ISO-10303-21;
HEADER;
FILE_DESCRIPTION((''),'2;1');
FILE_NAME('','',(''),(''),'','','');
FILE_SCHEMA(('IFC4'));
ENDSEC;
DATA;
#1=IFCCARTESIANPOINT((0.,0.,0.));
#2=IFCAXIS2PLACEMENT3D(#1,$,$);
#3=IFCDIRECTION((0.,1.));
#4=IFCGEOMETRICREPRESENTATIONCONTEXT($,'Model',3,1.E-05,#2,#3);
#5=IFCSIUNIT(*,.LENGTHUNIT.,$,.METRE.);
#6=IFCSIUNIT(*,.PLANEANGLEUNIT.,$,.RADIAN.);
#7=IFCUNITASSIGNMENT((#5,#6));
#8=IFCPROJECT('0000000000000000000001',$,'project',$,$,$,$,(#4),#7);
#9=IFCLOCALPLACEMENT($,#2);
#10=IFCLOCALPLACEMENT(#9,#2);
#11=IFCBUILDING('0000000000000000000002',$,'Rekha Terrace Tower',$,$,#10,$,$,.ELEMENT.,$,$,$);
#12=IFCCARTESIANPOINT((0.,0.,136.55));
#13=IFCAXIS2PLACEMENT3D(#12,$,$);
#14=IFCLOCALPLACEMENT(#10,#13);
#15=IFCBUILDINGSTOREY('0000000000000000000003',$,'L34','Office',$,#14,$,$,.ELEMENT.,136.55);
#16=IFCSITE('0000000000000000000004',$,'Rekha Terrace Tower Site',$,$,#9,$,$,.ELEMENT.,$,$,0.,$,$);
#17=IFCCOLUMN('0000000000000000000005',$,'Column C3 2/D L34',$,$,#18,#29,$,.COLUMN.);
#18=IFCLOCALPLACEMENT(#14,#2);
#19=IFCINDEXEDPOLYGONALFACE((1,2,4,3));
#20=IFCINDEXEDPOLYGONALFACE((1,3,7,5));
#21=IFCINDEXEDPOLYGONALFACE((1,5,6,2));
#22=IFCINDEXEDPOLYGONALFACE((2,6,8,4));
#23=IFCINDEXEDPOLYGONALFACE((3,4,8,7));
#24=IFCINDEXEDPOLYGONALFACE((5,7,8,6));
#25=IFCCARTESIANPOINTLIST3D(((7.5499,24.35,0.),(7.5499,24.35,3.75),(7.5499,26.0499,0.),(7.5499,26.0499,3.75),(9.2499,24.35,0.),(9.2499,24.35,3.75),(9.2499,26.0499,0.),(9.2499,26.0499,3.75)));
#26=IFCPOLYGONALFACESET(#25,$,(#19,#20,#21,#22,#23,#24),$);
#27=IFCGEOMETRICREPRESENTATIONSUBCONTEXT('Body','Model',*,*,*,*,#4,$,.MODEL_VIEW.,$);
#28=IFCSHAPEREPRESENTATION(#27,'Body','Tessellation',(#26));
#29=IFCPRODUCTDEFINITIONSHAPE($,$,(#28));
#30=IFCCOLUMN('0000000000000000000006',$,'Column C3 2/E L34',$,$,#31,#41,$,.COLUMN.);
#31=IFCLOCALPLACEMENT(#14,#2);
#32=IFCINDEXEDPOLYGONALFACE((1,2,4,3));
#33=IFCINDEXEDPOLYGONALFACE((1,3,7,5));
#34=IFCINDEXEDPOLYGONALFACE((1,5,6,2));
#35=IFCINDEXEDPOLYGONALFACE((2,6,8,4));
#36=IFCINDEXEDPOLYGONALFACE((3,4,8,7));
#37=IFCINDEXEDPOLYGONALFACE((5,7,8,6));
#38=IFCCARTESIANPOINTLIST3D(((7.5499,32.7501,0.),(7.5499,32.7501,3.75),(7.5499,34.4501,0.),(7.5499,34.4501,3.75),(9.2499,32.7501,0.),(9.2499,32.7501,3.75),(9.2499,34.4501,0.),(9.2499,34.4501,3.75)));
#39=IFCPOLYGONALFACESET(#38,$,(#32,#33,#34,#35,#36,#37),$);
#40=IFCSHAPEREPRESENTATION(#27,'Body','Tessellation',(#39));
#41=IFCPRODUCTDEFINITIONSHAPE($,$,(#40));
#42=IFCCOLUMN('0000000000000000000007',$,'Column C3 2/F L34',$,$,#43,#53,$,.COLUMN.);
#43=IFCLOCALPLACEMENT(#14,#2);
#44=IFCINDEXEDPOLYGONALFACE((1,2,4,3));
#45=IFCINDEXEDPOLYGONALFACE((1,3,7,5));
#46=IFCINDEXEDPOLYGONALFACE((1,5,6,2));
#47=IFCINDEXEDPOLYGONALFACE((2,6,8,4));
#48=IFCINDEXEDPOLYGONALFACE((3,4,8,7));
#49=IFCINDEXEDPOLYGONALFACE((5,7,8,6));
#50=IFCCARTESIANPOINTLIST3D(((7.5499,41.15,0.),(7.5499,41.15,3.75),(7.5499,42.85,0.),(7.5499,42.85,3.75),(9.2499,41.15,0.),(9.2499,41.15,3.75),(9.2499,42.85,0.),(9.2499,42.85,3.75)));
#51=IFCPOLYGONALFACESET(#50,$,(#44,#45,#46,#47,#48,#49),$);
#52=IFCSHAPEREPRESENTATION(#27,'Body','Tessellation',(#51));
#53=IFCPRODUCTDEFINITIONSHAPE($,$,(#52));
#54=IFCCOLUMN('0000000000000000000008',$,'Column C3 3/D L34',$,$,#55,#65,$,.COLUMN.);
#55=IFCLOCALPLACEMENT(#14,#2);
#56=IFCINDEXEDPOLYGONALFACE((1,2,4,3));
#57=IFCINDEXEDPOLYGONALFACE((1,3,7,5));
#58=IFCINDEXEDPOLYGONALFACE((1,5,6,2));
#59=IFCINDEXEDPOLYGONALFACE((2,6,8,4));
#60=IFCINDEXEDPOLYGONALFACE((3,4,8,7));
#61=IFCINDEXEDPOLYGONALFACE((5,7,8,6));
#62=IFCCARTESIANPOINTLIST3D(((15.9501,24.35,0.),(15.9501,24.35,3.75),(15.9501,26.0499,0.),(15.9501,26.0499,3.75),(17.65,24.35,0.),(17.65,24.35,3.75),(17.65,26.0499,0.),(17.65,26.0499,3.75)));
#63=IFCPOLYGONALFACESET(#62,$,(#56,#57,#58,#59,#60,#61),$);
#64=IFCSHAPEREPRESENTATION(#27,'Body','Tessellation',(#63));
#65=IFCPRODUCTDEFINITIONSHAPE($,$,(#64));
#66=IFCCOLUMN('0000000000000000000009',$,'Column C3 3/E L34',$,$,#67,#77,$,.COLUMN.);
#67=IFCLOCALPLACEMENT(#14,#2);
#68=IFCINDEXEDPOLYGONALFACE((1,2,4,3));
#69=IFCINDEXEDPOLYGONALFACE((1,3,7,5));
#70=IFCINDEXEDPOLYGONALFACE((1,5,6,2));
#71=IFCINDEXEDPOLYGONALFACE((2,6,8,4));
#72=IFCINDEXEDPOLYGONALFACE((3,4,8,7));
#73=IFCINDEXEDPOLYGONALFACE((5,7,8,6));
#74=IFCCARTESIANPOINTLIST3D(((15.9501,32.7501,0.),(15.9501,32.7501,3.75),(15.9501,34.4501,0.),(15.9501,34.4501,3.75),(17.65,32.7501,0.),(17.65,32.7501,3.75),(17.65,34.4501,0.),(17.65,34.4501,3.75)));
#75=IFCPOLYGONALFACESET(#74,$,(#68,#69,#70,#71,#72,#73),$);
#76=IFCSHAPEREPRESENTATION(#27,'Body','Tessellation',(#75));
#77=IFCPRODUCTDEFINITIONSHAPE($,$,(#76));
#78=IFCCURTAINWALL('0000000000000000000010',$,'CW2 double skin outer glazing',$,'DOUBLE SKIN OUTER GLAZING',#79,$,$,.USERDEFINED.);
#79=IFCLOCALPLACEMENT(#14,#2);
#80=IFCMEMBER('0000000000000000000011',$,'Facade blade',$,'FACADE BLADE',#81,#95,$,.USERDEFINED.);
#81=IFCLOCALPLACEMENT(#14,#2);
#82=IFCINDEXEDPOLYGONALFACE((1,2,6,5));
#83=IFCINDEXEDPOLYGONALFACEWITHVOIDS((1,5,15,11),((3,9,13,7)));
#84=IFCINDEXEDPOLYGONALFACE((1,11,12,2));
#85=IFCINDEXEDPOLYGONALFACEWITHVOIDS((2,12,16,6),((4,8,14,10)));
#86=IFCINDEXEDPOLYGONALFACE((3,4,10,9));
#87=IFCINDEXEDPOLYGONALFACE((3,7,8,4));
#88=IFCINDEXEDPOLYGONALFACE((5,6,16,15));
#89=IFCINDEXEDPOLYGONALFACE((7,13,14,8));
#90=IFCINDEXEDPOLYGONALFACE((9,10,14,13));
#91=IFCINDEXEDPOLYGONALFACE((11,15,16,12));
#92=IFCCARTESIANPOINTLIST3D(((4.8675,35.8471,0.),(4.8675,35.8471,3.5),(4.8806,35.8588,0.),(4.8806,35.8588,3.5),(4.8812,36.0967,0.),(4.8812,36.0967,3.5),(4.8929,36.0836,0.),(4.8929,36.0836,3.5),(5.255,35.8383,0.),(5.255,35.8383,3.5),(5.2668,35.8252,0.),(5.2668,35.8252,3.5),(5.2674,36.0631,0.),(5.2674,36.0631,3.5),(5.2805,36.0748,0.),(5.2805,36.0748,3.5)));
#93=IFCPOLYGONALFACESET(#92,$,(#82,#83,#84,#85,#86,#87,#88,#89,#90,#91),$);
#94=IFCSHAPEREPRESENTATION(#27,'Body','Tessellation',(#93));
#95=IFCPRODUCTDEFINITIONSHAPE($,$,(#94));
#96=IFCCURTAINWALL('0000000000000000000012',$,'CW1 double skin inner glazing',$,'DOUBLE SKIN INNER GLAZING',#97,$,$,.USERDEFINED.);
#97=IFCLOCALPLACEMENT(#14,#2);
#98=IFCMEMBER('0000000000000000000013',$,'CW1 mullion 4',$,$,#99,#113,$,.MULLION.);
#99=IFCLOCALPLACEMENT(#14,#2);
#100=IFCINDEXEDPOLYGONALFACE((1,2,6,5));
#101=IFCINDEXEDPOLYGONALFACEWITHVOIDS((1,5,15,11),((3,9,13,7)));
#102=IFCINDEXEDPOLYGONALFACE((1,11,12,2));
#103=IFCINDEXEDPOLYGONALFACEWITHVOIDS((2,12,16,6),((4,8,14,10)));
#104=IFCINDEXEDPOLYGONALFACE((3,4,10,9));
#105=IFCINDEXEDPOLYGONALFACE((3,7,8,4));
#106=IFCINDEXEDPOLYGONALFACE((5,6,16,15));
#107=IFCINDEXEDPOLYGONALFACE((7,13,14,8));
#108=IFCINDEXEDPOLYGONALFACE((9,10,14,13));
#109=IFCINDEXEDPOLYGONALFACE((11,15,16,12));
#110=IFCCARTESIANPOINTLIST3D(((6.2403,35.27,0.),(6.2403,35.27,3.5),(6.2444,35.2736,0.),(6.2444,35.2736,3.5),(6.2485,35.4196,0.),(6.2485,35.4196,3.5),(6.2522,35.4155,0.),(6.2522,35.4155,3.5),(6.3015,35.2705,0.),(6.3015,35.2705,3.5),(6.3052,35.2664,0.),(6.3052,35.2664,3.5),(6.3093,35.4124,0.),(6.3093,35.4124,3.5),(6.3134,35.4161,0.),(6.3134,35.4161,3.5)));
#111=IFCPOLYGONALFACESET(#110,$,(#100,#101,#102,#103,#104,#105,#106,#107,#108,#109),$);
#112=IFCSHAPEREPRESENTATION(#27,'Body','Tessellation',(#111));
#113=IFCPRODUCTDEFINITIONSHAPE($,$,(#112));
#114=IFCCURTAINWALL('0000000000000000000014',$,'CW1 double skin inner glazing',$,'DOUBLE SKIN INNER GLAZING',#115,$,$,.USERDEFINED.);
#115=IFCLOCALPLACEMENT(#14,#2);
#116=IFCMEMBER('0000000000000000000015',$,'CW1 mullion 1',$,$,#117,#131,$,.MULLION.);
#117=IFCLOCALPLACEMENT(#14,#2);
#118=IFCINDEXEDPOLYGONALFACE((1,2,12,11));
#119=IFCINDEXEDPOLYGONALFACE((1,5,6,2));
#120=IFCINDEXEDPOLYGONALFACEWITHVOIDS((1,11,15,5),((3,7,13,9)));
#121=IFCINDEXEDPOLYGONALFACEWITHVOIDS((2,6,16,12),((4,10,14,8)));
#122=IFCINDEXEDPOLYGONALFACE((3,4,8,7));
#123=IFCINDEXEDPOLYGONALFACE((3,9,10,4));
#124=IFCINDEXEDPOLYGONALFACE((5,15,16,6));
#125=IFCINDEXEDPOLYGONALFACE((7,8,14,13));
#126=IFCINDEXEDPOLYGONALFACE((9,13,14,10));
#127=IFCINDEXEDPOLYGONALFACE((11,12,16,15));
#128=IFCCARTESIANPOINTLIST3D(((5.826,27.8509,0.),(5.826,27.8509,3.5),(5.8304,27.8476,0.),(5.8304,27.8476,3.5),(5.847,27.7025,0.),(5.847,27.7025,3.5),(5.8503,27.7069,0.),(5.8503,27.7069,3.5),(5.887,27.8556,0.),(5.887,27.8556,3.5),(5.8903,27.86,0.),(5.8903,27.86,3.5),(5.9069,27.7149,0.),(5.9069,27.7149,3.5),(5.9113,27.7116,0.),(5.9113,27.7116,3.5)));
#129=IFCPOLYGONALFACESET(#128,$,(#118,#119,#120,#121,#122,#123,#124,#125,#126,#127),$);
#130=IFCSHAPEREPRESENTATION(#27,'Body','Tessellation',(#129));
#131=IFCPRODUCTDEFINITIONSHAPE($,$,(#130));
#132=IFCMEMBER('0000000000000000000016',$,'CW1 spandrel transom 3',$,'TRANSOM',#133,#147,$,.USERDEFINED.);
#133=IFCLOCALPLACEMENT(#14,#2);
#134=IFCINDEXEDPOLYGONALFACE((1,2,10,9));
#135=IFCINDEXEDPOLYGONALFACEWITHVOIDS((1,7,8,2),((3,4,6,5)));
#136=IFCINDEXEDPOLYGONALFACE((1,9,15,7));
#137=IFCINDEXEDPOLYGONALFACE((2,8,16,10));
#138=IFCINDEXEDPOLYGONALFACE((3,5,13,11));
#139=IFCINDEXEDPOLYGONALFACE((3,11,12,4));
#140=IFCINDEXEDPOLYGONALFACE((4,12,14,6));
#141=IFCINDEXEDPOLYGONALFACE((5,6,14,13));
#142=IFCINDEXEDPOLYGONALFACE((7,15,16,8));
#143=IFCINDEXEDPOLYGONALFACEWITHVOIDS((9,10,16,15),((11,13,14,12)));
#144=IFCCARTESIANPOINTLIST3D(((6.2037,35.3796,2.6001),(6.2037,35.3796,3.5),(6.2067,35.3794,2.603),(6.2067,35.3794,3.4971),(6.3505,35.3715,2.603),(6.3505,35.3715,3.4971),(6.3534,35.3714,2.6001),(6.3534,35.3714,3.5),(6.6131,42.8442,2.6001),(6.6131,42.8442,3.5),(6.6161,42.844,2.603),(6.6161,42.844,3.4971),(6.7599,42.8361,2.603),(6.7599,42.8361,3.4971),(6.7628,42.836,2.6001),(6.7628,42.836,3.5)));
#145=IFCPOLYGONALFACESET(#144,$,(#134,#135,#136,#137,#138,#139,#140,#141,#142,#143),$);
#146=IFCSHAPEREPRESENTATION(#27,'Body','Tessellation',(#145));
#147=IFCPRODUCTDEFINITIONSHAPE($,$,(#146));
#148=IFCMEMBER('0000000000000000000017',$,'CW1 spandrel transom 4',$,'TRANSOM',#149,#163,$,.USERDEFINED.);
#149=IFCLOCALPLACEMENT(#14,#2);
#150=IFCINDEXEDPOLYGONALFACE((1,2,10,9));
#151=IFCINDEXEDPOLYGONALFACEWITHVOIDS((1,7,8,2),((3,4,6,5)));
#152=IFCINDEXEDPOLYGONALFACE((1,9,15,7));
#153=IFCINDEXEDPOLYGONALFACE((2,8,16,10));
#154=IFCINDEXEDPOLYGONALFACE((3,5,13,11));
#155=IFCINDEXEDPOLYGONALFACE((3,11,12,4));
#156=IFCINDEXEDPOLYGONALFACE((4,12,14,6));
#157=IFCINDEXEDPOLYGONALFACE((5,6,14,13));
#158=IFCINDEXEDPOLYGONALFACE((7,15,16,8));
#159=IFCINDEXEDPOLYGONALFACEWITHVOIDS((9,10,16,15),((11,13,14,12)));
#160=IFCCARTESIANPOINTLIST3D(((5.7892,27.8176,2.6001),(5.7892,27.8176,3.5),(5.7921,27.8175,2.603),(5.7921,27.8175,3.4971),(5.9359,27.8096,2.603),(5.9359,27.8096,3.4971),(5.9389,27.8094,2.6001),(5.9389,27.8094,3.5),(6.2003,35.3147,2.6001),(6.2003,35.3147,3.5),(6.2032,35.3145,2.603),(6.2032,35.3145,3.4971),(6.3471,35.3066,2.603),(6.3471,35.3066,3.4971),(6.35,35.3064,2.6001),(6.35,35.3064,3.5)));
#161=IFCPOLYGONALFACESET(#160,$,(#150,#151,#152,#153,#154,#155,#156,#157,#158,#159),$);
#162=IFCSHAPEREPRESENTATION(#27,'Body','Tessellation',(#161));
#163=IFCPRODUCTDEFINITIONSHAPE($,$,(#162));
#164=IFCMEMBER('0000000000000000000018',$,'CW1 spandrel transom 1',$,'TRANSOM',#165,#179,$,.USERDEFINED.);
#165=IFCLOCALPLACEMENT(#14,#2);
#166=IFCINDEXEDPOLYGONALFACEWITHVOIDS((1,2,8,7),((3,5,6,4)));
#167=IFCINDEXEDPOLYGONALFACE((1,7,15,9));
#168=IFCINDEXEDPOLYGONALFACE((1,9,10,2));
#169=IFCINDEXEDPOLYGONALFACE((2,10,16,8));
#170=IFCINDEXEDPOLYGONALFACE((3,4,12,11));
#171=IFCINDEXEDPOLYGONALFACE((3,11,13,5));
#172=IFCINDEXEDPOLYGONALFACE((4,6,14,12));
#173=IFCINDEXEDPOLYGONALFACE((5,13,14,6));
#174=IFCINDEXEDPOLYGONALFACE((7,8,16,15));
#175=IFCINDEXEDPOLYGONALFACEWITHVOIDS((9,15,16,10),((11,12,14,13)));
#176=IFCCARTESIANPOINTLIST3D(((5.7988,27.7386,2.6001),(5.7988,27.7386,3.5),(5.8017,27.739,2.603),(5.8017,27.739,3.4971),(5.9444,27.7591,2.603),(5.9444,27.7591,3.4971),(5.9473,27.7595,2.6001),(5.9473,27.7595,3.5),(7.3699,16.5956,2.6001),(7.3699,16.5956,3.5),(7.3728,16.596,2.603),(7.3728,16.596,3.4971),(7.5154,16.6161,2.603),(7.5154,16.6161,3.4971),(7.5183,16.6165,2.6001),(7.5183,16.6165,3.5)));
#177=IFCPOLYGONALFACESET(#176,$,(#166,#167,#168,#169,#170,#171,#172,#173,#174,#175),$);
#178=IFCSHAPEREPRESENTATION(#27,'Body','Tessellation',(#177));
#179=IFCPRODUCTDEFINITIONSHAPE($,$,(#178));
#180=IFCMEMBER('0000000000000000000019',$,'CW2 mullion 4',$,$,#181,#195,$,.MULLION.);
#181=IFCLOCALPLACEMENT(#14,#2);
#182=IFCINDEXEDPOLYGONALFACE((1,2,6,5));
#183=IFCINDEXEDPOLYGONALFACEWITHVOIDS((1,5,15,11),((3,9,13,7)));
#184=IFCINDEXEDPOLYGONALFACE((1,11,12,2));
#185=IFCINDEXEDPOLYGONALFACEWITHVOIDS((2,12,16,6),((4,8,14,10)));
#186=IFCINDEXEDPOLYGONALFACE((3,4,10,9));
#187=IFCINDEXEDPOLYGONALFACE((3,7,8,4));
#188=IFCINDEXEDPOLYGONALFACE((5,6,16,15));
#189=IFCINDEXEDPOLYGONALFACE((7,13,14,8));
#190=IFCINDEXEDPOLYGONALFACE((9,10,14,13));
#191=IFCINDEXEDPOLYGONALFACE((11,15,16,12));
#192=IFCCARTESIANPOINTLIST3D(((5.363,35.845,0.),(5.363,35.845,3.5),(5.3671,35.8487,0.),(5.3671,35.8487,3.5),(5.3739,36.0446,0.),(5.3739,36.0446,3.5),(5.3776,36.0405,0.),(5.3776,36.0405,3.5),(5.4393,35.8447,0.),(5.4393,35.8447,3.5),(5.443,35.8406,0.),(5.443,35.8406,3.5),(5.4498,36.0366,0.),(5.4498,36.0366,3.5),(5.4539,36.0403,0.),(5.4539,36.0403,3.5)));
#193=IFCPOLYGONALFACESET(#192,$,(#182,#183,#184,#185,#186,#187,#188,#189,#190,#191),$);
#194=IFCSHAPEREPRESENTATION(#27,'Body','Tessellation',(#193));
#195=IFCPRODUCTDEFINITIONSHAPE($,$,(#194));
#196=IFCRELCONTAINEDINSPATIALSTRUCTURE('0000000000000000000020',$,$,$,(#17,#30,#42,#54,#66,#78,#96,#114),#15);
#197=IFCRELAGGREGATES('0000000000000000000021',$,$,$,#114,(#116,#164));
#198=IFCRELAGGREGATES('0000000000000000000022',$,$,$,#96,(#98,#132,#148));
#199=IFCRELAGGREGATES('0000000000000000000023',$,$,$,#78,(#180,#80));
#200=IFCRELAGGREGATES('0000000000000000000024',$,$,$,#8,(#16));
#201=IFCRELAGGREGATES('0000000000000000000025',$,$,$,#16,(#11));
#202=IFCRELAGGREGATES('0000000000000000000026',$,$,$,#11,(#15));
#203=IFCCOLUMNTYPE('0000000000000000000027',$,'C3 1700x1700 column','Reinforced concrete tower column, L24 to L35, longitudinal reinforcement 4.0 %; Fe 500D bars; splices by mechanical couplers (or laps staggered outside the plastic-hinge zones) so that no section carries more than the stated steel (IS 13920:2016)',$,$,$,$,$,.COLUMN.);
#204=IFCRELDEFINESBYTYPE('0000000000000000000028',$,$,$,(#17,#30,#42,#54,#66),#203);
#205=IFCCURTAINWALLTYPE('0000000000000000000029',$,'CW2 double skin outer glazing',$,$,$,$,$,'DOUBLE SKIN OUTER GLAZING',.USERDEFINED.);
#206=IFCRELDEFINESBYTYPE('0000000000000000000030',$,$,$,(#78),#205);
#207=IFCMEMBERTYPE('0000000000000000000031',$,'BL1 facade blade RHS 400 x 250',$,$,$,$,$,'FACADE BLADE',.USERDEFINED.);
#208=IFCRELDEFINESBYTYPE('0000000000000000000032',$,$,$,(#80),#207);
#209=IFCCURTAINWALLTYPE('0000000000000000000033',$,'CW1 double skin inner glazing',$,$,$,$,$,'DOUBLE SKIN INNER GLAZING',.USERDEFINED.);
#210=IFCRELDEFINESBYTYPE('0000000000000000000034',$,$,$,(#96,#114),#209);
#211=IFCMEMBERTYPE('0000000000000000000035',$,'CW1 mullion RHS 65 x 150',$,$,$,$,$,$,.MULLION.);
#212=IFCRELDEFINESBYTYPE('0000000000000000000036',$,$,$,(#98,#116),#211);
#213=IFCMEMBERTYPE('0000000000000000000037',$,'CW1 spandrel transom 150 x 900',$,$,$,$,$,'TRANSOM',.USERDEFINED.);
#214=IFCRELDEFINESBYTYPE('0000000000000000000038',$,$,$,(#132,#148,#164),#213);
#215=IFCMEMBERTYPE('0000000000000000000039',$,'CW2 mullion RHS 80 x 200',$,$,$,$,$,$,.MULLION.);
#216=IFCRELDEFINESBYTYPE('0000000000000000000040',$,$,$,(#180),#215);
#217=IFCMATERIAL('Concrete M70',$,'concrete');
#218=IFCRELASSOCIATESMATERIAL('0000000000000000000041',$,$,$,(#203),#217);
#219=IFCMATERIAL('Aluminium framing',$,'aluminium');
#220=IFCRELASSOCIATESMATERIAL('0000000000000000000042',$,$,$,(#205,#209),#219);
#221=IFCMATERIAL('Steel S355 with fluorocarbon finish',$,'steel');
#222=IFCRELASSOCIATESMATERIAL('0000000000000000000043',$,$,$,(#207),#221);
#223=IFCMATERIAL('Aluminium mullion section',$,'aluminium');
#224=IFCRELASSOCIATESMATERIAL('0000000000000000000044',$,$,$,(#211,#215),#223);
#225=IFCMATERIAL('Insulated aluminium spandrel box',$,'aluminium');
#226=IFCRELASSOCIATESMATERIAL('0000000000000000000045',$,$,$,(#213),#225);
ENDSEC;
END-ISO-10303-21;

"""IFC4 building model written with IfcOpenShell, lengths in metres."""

from ifc_helpers import new_model, si_unit, direction, frame, origin, origin_2d, place, context, subcontext, project, spatial, rectangle, hollow_rectangle, extrude, material, material_profile, profile_set, type_object, element, aggregate, save


model = new_model("IFC4")

# Units and contexts
model_context = context("Model", 3, precision=1e-05, world=origin(), true_north=direction((0.0, 1.0)))
body_context = subcontext(model_context, "Body", "Model", "MODEL_VIEW")
ifc_project = project(units=[si_unit("LENGTHUNIT", "METRE"), si_unit("PLANEANGLEUNIT", "RADIAN")], contexts=[model_context])

# Site, building, storey
site_placement = place(None, origin())
site = spatial("IfcSite", under=ifc_project, at=site_placement, Name="Rekha Terrace Tower Site", CompositionType="ELEMENT", RefElevation=0.0)
building_placement = place(site_placement, origin())
building = spatial("IfcBuilding", under=site, at=building_placement, Name="Rekha Terrace Tower", CompositionType="ELEMENT")
storey_placement = place(building_placement, frame((0.0, 0.0, 136.55)))
storey = spatial("IfcBuildingStorey", under=building, at=storey_placement, Name="L34", Description="Office", CompositionType="ELEMENT", Elevation=136.55)

# Columns
ifc_material_1 = material(Name="Concrete M70", Category="concrete")
ifc_material_profile_1 = material_profile(ifc_material_1, rectangle(XDim=1.7, YDim=1.7, at=origin_2d()), Name="RC 1700x1700")
ifc_profile_set_1 = profile_set([ifc_material_profile_1], Name="Concrete M70")
column_type = type_object("IfcColumnType", Name="C3 1700x1700 column", Description="Reinforced concrete tower column, L24 to L35, longitudinal reinforcement 4.0 %; Fe 500D bars; splices by mechanical couplers (or laps staggered outside the plastic-hinge zones) so that no section carries more than the stated steel (IS 13920:2016)", PredefinedType="COLUMN", material=ifc_profile_set_1)
for number, where, z_axis, x_axis, name in (
    (1, (8.3999, 25.2, 0.0), (0.0, 0.0, 1.0), (1.0, 0.0, 0.0), "Column C3 2/D L34"),
    (2, (8.3999, 33.6001, 0.0), (0.0, 0.0, 1.0), (1.0, 0.0, 0.0), "Column C3 2/E L34"),
    (3, (8.3999, 42.0, 0.0), (0.0, 0.0, 1.0), (1.0, 0.0, 0.0), "Column C3 2/F L34"),
    (4, (16.8, 25.2, 0.0), (0.0, 0.0, 1.0), (1.0, 0.0, 0.0), "Column C3 3/D L34"),
    (5, (16.8, 33.6001, 0.0), (0.0, 0.0, 1.0), (1.0, 0.0, 0.0), "Column C3 3/E L34"),
):
    element("IfcColumn", number, at=place(storey_placement, frame(where, z_axis=z_axis, x_axis=x_axis)), inside=storey, type_object=column_type, Name=name, PredefinedType="COLUMN", context=body_context, shape_type="SweptSolid", body=[
        extrude(rectangle(XDim=1.7, YDim=1.7, at=origin_2d()), origin(), (0.0, 0.0, 1.0), 3.75),
    ])

# Curtain walls, members
ifc_material_2 = material(Name="Aluminium framing", Category="aluminium")
curtain_wall_type_1 = type_object("IfcCurtainWallType", Name="CW2 double skin outer glazing", ElementType="DOUBLE SKIN OUTER GLAZING", PredefinedType="USERDEFINED", material=ifc_material_2)
curtain_wall_1_placement = place(storey_placement, origin())
curtain_wall_1 = element("IfcCurtainWall", 6, at=curtain_wall_1_placement, inside=storey, type_object=curtain_wall_type_1, Name="CW2 double skin outer glazing", ObjectType="DOUBLE SKIN OUTER GLAZING", PredefinedType="USERDEFINED")
ifc_material_3 = material(Name="Steel S355 with fluorocarbon finish", Category="steel")
ifc_material_profile_2 = material_profile(ifc_material_3, hollow_rectangle(XDim=0.25, YDim=0.3999, WallThickness=0.0125, at=origin_2d()), Name="RHS400x250x12.5")
ifc_profile_set_2 = profile_set([ifc_material_profile_2], Name="Steel S355 with fluorocarbon finish")
member_type_1 = type_object("IfcMemberType", Name="BL1 facade blade RHS 400 x 250", ElementType="FACADE BLADE", PredefinedType="USERDEFINED", material=ifc_profile_set_2)
member_1_placement = place(storey_placement, frame((5.074, 35.9609, 0.0), z_axis=(0.0, 0.0, 1.0), x_axis=(-0.054743, -0.9985, 0.0)))
member_1 = element("IfcMember", 7, at=member_1_placement, type_object=member_type_1, Name="Facade blade", ObjectType="FACADE BLADE", PredefinedType="USERDEFINED", context=body_context, shape_type="SweptSolid", body=[
    extrude(hollow_rectangle(XDim=0.25, YDim=0.3999, WallThickness=0.0125, at=origin_2d()), origin(), (0.0, 0.0, 1.0), 3.5),
])
curtain_wall_type_2 = type_object("IfcCurtainWallType", Name="CW1 double skin inner glazing", ElementType="DOUBLE SKIN INNER GLAZING", PredefinedType="USERDEFINED", material=ifc_material_2)
curtain_wall_2_placement = place(storey_placement, origin())
curtain_wall_2 = element("IfcCurtainWall", 8, at=curtain_wall_2_placement, inside=storey, type_object=curtain_wall_type_2, Name="CW1 double skin inner glazing", ObjectType="DOUBLE SKIN INNER GLAZING", PredefinedType="USERDEFINED")
ifc_material_4 = material(Name="Aluminium mullion section", Category="aluminium")
ifc_material_profile_3 = material_profile(ifc_material_4, hollow_rectangle(XDim=0.0649, YDim=0.1499, WallThickness=0.0039, at=origin_2d()), Name="AL RHS 65x150")
ifc_profile_set_3 = profile_set([ifc_material_profile_3], Name="Aluminium mullion section")
member_type_2 = type_object("IfcMemberType", Name="CW1 mullion RHS 65 x 150", PredefinedType="MULLION", material=ifc_profile_set_3)
member_2_placement = place(storey_placement, frame((6.2769, 35.343, 0.0), z_axis=(0.0, 0.0, 1.0), x_axis=(0.998501, -0.054742, 0.0)))
member_2 = element("IfcMember", 9, at=member_2_placement, type_object=member_type_2, Name="CW1 mullion 4", PredefinedType="MULLION", context=body_context, shape_type="SweptSolid", body=[
    extrude(hollow_rectangle(XDim=0.0649, YDim=0.1499, WallThickness=0.0039, at=origin_2d()), origin(), (0.0, 0.0, 1.0), 3.5),
])
curtain_wall_3_placement = place(storey_placement, origin())
curtain_wall_3 = element("IfcCurtainWall", 10, at=curtain_wall_3_placement, inside=storey, type_object=curtain_wall_type_2, Name="CW1 double skin inner glazing", ObjectType="DOUBLE SKIN INNER GLAZING", PredefinedType="USERDEFINED")
member_3_placement = place(storey_placement, frame((5.8687, 27.7812, 0.0), z_axis=(0.0, 0.0, 1.0), x_axis=(0.990208, 0.139597, 0.0)))
member_3 = element("IfcMember", 11, at=member_3_placement, type_object=member_type_2, Name="CW1 mullion 1", PredefinedType="MULLION", context=body_context, shape_type="SweptSolid", body=[
    extrude(hollow_rectangle(XDim=0.0649, YDim=0.1499, WallThickness=0.0039, at=origin_2d()), origin(), (0.0, 0.0, 1.0), 3.5),
])

# Members
ifc_material_5 = material(Name="Insulated aluminium spandrel box", Category="aluminium")
ifc_material_profile_4 = material_profile(ifc_material_5, hollow_rectangle(XDim=0.1499, YDim=0.8999, WallThickness=0.0029, at=origin_2d()), Name="AL SPANDREL BOX 150x900")
ifc_profile_set_4 = profile_set([ifc_material_profile_4], Name="Insulated aluminium spandrel box")
member_type_3 = type_object("IfcMemberType", Name="CW1 spandrel transom 150 x 900", ElementType="TRANSOM", PredefinedType="USERDEFINED", material=ifc_profile_set_4)
member_4_placement = place(storey_placement, frame((6.688, 42.8401, 3.05), z_axis=(-0.054766, -0.998499, 0.0), x_axis=(0.998499, -0.054766, 0.0)))
member_4 = element("IfcMember", 12, at=member_4_placement, type_object=member_type_3, Name="CW1 spandrel transom 3", ObjectType="TRANSOM", PredefinedType="USERDEFINED", context=body_context, shape_type="SweptSolid", body=[
    extrude(hollow_rectangle(XDim=0.1499, YDim=0.8999, WallThickness=0.0029, at=origin_2d()), origin(), (0.0, 0.0, 1.0), 7.4758),
])
member_5_placement = place(storey_placement, frame((6.2751, 35.3105, 3.05), z_axis=(-0.054757, -0.9985, 0.0), x_axis=(0.9985, -0.054757, 0.0)))
member_5 = element("IfcMember", 13, at=member_5_placement, type_object=member_type_3, Name="CW1 spandrel transom 4", ObjectType="TRANSOM", PredefinedType="USERDEFINED", context=body_context, shape_type="SweptSolid", body=[
    extrude(hollow_rectangle(XDim=0.1499, YDim=0.8999, WallThickness=0.0029, at=origin_2d()), origin(), (0.0, 0.0, 1.0), 7.5083),
])
member_6_placement = place(storey_placement, frame((5.873, 27.749, 3.05), z_axis=(0.139608, -0.990207, 0.0), x_axis=(0.990207, 0.139608, 0.0)))
member_6 = element("IfcMember", 14, at=member_6_placement, type_object=member_type_3, Name="CW1 spandrel transom 1", ObjectType="TRANSOM", PredefinedType="USERDEFINED", context=body_context, shape_type="SweptSolid", body=[
    extrude(hollow_rectangle(XDim=0.1499, YDim=0.8999, WallThickness=0.0029, at=origin_2d()), origin(), (0.0, 0.0, 1.0), 11.2532),
])
aggregate(curtain_wall_3, [member_3, member_6])
ifc_material_profile_5 = material_profile(ifc_material_4, hollow_rectangle(XDim=0.0801, YDim=0.2, WallThickness=0.0039, at=origin_2d()), Name="AL RHS 80x200")
ifc_profile_set_5 = profile_set([ifc_material_profile_5], Name="Aluminium mullion section")
member_type_4 = type_object("IfcMemberType", Name="CW2 mullion RHS 80 x 200", PredefinedType="MULLION", material=ifc_profile_set_5)
member_7_placement = place(storey_placement, frame((5.4084, 35.9426, 0.0), z_axis=(0.0, 0.0, 1.0), x_axis=(0.998501, -0.054742, 0.0)))
member_7 = element("IfcMember", 15, at=member_7_placement, type_object=member_type_4, Name="CW2 mullion 4", PredefinedType="MULLION", context=body_context, shape_type="SweptSolid", body=[
    extrude(hollow_rectangle(XDim=0.0801, YDim=0.2, WallThickness=0.0039, at=origin_2d()), origin(), (0.0, 0.0, 1.0), 3.5),
])

aggregate(curtain_wall_2, [member_2, member_4, member_5])
aggregate(curtain_wall_1, [member_7, member_1])

save(model, "model.ifc")
